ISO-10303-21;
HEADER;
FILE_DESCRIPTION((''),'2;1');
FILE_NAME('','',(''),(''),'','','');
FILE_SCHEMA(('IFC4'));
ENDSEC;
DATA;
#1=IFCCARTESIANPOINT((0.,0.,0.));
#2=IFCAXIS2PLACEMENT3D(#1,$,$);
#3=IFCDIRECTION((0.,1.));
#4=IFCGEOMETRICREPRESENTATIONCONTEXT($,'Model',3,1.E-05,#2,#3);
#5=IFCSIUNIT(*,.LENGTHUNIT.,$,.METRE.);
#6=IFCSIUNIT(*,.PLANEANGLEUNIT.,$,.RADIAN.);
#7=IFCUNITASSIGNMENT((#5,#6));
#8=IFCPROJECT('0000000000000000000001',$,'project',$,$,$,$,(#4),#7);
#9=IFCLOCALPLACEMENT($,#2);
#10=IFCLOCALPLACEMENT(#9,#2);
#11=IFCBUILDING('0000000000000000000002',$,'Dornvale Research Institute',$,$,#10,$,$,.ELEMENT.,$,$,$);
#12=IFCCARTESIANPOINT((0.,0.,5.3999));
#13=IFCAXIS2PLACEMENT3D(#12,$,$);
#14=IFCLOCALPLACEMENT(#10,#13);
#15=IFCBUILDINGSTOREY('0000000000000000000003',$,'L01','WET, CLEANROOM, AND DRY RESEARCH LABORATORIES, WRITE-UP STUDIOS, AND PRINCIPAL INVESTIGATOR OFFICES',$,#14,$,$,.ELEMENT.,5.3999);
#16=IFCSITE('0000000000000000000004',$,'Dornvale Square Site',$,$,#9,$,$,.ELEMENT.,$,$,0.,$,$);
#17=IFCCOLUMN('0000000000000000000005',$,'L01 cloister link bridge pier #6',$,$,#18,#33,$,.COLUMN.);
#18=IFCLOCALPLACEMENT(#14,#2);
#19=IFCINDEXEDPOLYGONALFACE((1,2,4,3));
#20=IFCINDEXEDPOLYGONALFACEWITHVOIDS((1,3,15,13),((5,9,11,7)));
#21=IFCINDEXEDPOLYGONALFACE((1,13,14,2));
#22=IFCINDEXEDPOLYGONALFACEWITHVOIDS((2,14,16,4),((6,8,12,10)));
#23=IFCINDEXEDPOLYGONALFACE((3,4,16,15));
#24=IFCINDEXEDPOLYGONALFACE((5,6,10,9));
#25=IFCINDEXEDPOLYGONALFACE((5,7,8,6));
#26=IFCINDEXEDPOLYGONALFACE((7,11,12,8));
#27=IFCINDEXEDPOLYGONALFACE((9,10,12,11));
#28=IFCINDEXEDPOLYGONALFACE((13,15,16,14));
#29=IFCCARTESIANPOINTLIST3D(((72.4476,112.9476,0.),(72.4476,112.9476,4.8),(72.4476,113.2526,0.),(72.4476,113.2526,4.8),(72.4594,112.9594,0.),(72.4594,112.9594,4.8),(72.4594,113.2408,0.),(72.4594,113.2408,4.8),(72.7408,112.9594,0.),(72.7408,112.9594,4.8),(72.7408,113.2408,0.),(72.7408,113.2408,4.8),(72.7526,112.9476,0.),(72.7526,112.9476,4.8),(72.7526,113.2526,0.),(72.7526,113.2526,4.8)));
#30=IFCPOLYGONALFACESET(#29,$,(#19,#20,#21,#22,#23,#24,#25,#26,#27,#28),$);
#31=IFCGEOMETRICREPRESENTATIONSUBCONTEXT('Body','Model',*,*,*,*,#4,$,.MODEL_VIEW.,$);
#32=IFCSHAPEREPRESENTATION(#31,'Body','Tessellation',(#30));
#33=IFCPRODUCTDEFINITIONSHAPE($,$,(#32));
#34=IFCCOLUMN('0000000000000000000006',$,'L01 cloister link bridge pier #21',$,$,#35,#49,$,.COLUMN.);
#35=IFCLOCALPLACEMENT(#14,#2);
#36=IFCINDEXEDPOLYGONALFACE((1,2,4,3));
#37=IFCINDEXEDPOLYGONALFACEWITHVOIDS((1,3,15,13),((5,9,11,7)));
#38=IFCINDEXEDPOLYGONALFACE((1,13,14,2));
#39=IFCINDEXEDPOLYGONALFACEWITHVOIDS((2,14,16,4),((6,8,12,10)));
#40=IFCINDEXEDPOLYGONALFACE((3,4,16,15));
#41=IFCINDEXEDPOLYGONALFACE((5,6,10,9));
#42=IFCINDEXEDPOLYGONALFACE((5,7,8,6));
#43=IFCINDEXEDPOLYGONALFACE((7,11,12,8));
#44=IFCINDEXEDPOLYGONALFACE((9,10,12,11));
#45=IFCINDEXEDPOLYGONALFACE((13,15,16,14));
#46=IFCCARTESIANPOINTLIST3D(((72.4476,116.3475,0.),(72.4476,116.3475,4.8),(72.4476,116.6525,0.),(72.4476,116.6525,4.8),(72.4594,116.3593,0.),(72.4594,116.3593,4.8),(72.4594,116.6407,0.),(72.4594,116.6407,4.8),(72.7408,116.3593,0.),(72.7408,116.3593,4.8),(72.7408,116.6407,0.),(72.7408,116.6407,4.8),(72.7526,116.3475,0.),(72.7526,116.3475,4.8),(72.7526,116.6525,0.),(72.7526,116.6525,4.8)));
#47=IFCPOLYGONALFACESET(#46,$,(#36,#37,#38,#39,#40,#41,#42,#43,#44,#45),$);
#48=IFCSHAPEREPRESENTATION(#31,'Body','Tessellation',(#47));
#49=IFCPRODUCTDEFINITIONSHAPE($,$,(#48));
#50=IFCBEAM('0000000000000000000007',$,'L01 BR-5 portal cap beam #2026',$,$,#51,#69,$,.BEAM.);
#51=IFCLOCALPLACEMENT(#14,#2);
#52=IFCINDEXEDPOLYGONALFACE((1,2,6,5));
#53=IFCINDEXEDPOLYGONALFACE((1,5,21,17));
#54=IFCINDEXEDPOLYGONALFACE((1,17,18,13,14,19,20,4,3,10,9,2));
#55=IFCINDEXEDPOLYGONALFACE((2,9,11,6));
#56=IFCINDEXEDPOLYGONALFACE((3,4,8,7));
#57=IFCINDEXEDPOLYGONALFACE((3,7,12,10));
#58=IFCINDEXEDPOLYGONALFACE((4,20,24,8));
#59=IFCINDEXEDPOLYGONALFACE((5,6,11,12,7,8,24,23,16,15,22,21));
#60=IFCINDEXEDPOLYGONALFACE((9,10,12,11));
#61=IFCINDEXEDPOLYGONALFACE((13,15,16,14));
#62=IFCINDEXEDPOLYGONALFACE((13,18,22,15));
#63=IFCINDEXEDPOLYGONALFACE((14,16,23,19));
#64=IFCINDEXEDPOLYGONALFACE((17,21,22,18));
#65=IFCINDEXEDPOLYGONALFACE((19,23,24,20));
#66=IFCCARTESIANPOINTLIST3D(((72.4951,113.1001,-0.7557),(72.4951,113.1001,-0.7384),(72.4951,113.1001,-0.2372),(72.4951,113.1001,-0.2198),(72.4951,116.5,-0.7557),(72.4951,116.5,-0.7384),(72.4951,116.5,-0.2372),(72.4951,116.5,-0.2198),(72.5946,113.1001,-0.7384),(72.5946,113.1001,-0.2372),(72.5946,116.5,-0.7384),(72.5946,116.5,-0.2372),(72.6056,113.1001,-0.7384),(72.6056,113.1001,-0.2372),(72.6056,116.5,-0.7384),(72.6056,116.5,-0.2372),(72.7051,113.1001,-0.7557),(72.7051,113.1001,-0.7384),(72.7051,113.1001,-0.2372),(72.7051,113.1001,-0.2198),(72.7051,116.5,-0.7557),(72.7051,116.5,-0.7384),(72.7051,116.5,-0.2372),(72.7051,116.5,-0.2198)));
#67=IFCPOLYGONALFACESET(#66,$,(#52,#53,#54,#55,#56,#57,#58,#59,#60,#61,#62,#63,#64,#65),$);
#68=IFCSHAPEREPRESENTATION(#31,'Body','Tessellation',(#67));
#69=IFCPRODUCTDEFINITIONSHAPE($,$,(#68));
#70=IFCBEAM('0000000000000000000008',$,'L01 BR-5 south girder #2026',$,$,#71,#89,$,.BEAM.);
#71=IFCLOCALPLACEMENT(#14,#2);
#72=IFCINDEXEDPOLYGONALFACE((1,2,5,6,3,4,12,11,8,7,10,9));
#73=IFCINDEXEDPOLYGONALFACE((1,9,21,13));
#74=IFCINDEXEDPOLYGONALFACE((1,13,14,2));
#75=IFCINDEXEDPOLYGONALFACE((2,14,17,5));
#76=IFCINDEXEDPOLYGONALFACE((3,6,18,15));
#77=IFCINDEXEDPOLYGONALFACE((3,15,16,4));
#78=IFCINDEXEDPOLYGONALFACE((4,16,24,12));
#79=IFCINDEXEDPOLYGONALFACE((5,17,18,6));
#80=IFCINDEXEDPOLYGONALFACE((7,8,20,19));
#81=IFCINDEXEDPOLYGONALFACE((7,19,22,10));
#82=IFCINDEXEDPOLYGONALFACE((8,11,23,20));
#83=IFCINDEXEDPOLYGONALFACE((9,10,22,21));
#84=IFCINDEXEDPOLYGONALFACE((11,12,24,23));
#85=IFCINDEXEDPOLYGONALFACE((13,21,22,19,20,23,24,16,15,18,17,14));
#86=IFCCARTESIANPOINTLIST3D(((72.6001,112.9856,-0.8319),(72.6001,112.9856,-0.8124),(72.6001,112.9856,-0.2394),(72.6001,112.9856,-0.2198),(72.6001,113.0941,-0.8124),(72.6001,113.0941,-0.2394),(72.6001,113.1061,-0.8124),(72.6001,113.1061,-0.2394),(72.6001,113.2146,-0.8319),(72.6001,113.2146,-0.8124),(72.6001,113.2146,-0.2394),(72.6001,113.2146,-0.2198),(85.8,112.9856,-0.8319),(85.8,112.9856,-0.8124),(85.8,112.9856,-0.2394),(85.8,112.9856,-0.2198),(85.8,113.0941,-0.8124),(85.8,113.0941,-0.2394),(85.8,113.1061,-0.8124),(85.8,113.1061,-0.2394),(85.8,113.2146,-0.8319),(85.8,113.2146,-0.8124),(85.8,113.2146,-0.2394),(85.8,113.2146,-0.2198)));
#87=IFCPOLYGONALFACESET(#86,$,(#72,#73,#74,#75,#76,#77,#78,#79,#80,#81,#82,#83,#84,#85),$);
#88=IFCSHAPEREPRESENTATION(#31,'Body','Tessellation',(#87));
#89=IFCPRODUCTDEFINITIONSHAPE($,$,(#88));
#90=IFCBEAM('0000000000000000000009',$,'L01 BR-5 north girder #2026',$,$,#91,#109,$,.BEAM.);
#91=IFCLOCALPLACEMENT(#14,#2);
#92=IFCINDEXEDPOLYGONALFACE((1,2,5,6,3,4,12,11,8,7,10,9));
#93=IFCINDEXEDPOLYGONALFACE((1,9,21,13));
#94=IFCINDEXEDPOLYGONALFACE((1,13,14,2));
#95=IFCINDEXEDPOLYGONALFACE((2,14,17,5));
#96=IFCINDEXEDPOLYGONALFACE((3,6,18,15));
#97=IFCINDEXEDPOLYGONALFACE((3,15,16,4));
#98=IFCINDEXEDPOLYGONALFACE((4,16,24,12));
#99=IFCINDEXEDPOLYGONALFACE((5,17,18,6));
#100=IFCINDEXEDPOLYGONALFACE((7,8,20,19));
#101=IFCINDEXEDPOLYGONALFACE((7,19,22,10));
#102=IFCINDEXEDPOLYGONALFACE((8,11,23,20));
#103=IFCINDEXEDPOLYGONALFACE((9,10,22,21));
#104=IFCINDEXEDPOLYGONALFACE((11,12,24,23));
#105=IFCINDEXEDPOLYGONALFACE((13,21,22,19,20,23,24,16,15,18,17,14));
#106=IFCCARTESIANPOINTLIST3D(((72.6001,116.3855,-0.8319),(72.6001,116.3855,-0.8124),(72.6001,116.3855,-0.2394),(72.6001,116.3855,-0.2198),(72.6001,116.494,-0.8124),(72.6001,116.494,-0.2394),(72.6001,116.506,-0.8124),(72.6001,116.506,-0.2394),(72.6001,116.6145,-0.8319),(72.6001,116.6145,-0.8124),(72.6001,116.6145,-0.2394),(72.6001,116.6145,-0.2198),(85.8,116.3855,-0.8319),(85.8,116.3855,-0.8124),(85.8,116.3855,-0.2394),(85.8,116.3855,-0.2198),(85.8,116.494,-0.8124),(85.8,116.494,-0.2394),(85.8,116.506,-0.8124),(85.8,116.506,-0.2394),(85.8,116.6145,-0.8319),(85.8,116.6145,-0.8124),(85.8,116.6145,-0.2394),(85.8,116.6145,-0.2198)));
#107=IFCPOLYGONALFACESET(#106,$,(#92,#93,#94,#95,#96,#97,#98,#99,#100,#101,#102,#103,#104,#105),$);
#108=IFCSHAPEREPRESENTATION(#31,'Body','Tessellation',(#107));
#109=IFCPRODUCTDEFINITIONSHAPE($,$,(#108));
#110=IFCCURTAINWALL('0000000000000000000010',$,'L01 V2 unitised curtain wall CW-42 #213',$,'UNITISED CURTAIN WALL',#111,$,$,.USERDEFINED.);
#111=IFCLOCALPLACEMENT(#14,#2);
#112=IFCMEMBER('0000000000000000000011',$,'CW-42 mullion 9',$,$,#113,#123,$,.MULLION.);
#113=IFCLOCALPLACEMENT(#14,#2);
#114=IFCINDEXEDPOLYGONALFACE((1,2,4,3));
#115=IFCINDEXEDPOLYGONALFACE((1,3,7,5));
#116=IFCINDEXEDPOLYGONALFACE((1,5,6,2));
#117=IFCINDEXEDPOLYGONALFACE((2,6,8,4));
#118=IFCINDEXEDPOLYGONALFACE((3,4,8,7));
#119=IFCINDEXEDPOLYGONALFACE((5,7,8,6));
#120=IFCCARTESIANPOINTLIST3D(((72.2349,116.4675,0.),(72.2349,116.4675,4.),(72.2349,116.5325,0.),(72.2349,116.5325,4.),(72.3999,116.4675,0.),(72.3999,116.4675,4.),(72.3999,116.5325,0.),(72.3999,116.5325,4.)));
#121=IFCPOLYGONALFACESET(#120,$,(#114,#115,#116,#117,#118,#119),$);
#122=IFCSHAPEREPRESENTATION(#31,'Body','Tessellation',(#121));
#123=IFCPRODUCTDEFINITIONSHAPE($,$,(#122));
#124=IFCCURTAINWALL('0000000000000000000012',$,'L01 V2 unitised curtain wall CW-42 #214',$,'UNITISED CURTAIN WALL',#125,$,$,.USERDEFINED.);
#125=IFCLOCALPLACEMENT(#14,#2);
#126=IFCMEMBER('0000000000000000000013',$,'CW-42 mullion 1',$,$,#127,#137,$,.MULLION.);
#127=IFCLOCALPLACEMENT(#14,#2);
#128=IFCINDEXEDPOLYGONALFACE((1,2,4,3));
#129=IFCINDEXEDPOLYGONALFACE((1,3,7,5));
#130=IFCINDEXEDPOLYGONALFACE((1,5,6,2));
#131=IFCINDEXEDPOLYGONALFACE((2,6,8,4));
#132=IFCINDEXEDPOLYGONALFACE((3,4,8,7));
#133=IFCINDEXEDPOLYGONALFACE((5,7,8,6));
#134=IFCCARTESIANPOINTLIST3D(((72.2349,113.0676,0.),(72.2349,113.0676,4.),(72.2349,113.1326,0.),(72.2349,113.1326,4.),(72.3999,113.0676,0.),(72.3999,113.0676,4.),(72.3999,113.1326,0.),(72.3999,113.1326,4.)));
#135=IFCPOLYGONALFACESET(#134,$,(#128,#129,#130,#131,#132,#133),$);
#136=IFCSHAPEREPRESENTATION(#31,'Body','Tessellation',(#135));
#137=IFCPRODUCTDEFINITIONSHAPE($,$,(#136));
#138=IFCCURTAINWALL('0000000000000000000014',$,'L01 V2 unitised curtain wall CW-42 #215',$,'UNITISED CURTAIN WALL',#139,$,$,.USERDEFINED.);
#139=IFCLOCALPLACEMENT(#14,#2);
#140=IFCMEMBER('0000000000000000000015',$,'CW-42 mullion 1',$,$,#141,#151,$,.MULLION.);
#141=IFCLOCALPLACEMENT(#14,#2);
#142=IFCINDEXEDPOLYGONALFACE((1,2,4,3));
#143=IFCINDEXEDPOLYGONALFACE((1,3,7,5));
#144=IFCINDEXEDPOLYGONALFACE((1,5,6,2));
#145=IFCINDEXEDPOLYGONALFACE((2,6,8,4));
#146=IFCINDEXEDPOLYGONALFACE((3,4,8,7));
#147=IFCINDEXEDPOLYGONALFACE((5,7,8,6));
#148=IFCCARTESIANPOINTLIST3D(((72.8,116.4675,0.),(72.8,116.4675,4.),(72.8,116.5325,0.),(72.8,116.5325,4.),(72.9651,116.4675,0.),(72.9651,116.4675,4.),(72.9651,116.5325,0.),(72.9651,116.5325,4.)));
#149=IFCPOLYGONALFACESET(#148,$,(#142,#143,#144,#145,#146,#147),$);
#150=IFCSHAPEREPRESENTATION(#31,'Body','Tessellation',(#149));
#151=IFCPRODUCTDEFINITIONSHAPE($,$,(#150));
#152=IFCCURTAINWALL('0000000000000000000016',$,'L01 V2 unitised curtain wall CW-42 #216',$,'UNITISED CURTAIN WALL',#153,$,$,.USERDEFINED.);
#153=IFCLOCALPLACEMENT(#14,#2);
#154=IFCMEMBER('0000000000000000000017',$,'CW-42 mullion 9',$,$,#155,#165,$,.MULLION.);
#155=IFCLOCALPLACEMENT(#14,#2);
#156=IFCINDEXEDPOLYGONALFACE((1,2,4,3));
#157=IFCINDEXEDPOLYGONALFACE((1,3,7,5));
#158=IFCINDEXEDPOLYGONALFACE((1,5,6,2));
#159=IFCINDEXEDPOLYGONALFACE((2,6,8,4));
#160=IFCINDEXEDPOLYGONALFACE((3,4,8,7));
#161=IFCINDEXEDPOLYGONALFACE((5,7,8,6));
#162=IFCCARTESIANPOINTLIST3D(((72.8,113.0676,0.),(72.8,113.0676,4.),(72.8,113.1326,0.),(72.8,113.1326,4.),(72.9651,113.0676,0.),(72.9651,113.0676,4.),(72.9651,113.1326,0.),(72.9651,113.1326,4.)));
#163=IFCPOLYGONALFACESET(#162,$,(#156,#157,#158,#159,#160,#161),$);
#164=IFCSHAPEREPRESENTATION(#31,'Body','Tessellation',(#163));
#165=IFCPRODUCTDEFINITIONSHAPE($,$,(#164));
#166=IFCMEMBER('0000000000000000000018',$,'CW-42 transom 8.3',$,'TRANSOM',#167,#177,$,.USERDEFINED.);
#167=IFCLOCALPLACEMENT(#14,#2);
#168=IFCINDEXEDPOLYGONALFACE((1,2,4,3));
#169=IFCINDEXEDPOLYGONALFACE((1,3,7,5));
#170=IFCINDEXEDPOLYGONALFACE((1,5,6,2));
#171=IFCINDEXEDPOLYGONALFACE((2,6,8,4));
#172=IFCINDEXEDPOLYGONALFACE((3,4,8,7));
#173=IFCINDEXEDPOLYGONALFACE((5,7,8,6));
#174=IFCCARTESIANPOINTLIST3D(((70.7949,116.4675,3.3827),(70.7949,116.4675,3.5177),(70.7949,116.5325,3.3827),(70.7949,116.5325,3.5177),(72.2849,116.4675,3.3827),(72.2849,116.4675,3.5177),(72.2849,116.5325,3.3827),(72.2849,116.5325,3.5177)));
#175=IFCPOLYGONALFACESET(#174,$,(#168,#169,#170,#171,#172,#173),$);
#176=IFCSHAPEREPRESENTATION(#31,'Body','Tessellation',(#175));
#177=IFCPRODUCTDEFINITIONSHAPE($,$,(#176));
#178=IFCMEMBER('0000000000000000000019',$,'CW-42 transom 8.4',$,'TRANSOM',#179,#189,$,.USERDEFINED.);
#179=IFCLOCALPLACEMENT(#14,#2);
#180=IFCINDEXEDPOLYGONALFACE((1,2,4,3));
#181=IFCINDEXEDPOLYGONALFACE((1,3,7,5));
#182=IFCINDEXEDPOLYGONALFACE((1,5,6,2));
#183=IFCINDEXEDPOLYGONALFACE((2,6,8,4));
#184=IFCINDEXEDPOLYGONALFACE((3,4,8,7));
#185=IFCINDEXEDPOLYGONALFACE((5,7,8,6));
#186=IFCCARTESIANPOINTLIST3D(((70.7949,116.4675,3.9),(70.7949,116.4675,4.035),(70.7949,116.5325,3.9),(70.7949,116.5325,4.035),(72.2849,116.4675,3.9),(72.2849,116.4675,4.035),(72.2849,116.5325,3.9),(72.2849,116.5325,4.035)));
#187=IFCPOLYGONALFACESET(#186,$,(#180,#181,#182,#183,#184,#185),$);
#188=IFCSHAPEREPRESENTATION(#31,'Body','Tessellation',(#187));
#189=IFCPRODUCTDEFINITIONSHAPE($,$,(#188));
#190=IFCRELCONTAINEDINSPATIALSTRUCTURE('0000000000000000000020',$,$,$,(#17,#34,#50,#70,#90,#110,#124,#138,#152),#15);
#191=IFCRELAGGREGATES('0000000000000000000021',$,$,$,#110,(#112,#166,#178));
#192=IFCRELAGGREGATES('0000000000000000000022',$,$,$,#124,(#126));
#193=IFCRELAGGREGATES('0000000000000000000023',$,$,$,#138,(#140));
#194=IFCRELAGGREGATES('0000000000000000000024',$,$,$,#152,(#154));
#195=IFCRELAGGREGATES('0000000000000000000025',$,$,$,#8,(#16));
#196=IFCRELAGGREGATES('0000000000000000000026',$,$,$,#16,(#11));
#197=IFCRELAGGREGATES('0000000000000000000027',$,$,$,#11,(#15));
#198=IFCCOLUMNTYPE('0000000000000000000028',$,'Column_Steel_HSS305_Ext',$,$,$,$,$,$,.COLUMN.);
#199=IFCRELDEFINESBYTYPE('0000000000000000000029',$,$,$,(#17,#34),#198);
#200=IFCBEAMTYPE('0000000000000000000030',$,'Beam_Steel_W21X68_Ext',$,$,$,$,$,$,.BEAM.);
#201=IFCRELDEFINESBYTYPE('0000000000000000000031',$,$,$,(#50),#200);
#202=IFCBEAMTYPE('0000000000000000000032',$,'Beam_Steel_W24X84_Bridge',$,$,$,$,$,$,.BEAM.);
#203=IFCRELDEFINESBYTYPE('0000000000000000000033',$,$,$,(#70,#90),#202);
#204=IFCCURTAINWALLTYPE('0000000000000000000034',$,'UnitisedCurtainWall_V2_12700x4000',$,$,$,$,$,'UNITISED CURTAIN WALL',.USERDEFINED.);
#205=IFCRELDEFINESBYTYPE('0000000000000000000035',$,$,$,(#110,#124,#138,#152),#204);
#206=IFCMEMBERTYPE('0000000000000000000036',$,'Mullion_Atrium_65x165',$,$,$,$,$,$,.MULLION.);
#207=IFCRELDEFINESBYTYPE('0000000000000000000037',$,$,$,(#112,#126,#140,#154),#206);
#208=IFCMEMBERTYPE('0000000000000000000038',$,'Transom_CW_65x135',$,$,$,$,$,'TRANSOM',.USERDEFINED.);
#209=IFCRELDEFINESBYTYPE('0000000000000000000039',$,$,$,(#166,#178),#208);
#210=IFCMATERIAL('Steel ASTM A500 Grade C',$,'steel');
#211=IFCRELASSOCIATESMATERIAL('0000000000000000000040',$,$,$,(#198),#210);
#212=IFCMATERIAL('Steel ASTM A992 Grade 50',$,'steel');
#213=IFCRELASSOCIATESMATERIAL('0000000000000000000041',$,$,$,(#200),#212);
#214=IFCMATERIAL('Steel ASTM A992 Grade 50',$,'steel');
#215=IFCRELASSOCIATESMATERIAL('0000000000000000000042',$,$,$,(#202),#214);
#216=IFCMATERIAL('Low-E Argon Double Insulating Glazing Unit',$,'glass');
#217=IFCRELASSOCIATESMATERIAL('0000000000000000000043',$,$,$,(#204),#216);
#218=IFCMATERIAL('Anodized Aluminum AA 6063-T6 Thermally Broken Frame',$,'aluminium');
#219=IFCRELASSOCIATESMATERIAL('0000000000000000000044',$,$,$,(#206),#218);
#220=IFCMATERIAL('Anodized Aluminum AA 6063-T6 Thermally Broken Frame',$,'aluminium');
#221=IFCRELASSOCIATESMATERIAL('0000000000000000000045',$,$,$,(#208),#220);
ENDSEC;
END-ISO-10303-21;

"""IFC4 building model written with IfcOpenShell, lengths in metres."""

from ifc_helpers import new_model, si_unit, direction, frame, origin, origin_2d, place, context, subcontext, project, spatial, rectangle, hollow_rectangle, i_section, extrude, material, material_profile, profile_set, type_object, element, aggregate, save


model = new_model("IFC4")

# Units and contexts
model_context = context("Model", 3, precision=1e-05, world=origin(), true_north=direction((0.0, 1.0)))
body_context = subcontext(model_context, "Body", "Model", "MODEL_VIEW")
ifc_project = project(units=[si_unit("LENGTHUNIT", "METRE"), si_unit("PLANEANGLEUNIT", "RADIAN")], contexts=[model_context])

# Site, building, storey
site_placement = place(None, origin())
site = spatial("IfcSite", under=ifc_project, at=site_placement, Name="Dornvale Square Site", CompositionType="ELEMENT", RefElevation=0.0)
building_placement = place(site_placement, origin())
building = spatial("IfcBuilding", under=site, at=building_placement, Name="Dornvale Research Institute", CompositionType="ELEMENT")
storey_placement = place(building_placement, frame((0.0, 0.0, 5.3999)))
storey = spatial("IfcBuildingStorey", under=building, at=storey_placement, Name="L01", Description="WET, CLEANROOM, AND DRY RESEARCH LABORATORIES, WRITE-UP STUDIOS, AND PRINCIPAL INVESTIGATOR OFFICES", CompositionType="ELEMENT", Elevation=5.3999)

# Columns
ifc_material_1 = material(Name="Steel ASTM A500 Grade C", Category="steel")
ifc_material_profile_1 = material_profile(ifc_material_1, hollow_rectangle(XDim=0.3049, YDim=0.3049, WallThickness=0.0117, at=origin_2d()), Name="HSS305X305X12.7")
ifc_profile_set_1 = profile_set([ifc_material_profile_1], Name="Steel ASTM A500 Grade C")
column_type = type_object("IfcColumnType", Name="Column_Steel_HSS305_Ext", PredefinedType="COLUMN", material=ifc_profile_set_1)
for number, where, z_axis, x_axis, name in (
    (1, (72.6001, 113.1001, 0.0), (0.0, 0.0, 1.0), (1.0, 0.0, 0.0), "L01 cloister link bridge pier #6"),
    (2, (72.6001, 116.5, 0.0), (0.0, 0.0, 1.0), (1.0, 0.0, 0.0), "L01 cloister link bridge pier #21"),
):
    element("IfcColumn", number, at=place(storey_placement, frame(where, z_axis=z_axis, x_axis=x_axis)), inside=storey, type_object=column_type, Name=name, PredefinedType="COLUMN", context=body_context, shape_type="SweptSolid", body=[
        extrude(hollow_rectangle(XDim=0.3049, YDim=0.3049, WallThickness=0.0117, at=origin_2d()), origin(), (0.0, 0.0, 1.0), 4.8),
    ])

# Beams
ifc_material_2 = material(Name="Steel ASTM A992 Grade 50", Category="steel")
ifc_material_profile_2 = material_profile(ifc_material_2, i_section(OverallWidth=0.21, OverallDepth=0.5359, WebThickness=0.011, FlangeThickness=0.0173, at=origin_2d()), Name="W21X68")
ifc_profile_set_2 = profile_set([ifc_material_profile_2], Name="Steel ASTM A992 Grade 50")
beam_type_1 = type_object("IfcBeamType", Name="Beam_Steel_W21X68_Ext", PredefinedType="BEAM", material=ifc_profile_set_2)
beam_placement = place(storey_placement, frame((72.6001, 113.1001, -0.4878), z_axis=(0.0, 1.0, 0.0), x_axis=(-1.0, 0.0, 0.0)))
element("IfcBeam", 3, at=beam_placement, inside=storey, type_object=beam_type_1, Name="L01 BR-5 portal cap beam #2026", PredefinedType="BEAM", context=body_context, shape_type="SweptSolid", body=[
    extrude(i_section(OverallWidth=0.21, OverallDepth=0.5359, WebThickness=0.011, FlangeThickness=0.0173, at=origin_2d()), origin(), (0.0, 0.0, 1.0), 3.3999),
])
ifc_material_3 = material(Name="Steel ASTM A992 Grade 50", Category="steel")
ifc_material_profile_3 = material_profile(ifc_material_3, i_section(OverallWidth=0.229, OverallDepth=0.6121, WebThickness=0.012, FlangeThickness=0.0195, at=origin_2d()), Name="W24X84")
ifc_profile_set_3 = profile_set([ifc_material_profile_3], Name="Steel ASTM A992 Grade 50")
beam_type_2 = type_object("IfcBeamType", Name="Beam_Steel_W24X84_Bridge", PredefinedType="BEAM", material=ifc_profile_set_3)
for number, where, z_axis, x_axis, name in (
    (4, (72.6001, 113.1001, -0.5259), (1.0, 0.0, 0.0), (0.0, 1.0, 0.0), "L01 BR-5 south girder #2026"),
    (5, (72.6001, 116.5, -0.5259), (1.0, 0.0, 0.0), (0.0, 1.0, 0.0), "L01 BR-5 north girder #2026"),
):
    element("IfcBeam", number, at=place(storey_placement, frame(where, z_axis=z_axis, x_axis=x_axis)), inside=storey, type_object=beam_type_2, Name=name, PredefinedType="BEAM", context=body_context, shape_type="SweptSolid", body=[
        extrude(i_section(OverallWidth=0.229, OverallDepth=0.6121, WebThickness=0.012, FlangeThickness=0.0195, at=origin_2d()), origin(), (0.0, 0.0, 1.0), 13.2),
    ])

# Curtain walls, members
ifc_material_4 = material(Name="Low-E Argon Double Insulating Glazing Unit", Category="glass")
curtain_wall_type = type_object("IfcCurtainWallType", Name="UnitisedCurtainWall_V2_12700x4000", ElementType="UNITISED CURTAIN WALL", PredefinedType="USERDEFINED", material=ifc_material_4)
curtain_wall_1_placement = place(storey_placement, origin())
curtain_wall_1 = element("IfcCurtainWall", 6, at=curtain_wall_1_placement, inside=storey, type_object=curtain_wall_type, Name="L01 V2 unitised curtain wall CW-42 #213", ObjectType="UNITISED CURTAIN WALL", PredefinedType="USERDEFINED")
ifc_material_5 = material(Name="Anodized Aluminum AA 6063-T6 Thermally Broken Frame", Category="aluminium")
ifc_material_profile_4 = material_profile(ifc_material_5, rectangle(XDim=0.0649, YDim=0.165, at=origin_2d()), Name="ALU MULLION 65x165")
ifc_profile_set_4 = profile_set([ifc_material_profile_4], Name="Anodized Aluminum AA 6063-T6 Thermally Broken Frame")
member_type_1 = type_object("IfcMemberType", Name="Mullion_Atrium_65x165", PredefinedType="MULLION", material=ifc_profile_set_4)
member_1_placement = place(storey_placement, frame((72.3174, 116.5, 0.0), z_axis=(0.0, 0.0, 1.0), x_axis=(0.0, 1.0, 0.0)))
member_1 = element("IfcMember", 7, at=member_1_placement, type_object=member_type_1, Name="CW-42 mullion 9", PredefinedType="MULLION", context=body_context, shape_type="SweptSolid", body=[
    extrude(rectangle(XDim=0.0649, YDim=0.165, at=origin_2d()), origin(), (0.0, 0.0, 1.0), 4.0),
])
curtain_wall_2_placement = place(storey_placement, origin())
curtain_wall_2 = element("IfcCurtainWall", 8, at=curtain_wall_2_placement, inside=storey, type_object=curtain_wall_type, Name="L01 V2 unitised curtain wall CW-42 #214", ObjectType="UNITISED CURTAIN WALL", PredefinedType="USERDEFINED")
member_2_placement = place(storey_placement, frame((72.3174, 113.1001, 0.0), z_axis=(0.0, 0.0, 1.0), x_axis=(0.0, -1.0, 0.0)))
member_2 = element("IfcMember", 9, at=member_2_placement, type_object=member_type_1, Name="CW-42 mullion 1", PredefinedType="MULLION", context=body_context, shape_type="SweptSolid", body=[
    extrude(rectangle(XDim=0.0649, YDim=0.165, at=origin_2d()), origin(), (0.0, 0.0, 1.0), 4.0),
])
curtain_wall_3_placement = place(storey_placement, origin())
curtain_wall_3 = element("IfcCurtainWall", 10, at=curtain_wall_3_placement, inside=storey, type_object=curtain_wall_type, Name="L01 V2 unitised curtain wall CW-42 #215", ObjectType="UNITISED CURTAIN WALL", PredefinedType="USERDEFINED")
member_3_placement = place(storey_placement, frame((72.8826, 116.5, 0.0), z_axis=(0.0, 0.0, 1.0), x_axis=(0.0, 1.0, 0.0)))
member_3 = element("IfcMember", 11, at=member_3_placement, type_object=member_type_1, Name="CW-42 mullion 1", PredefinedType="MULLION", context=body_context, shape_type="SweptSolid", body=[
    extrude(rectangle(XDim=0.0649, YDim=0.165, at=origin_2d()), origin(), (0.0, 0.0, 1.0), 4.0),
])
curtain_wall_4_placement = place(storey_placement, origin())
curtain_wall_4 = element("IfcCurtainWall", 12, at=curtain_wall_4_placement, inside=storey, type_object=curtain_wall_type, Name="L01 V2 unitised curtain wall CW-42 #216", ObjectType="UNITISED CURTAIN WALL", PredefinedType="USERDEFINED")
member_4_placement = place(storey_placement, frame((72.8826, 113.1001, 0.0), z_axis=(0.0, 0.0, 1.0), x_axis=(0.0, -1.0, 0.0)))
member_4 = element("IfcMember", 13, at=member_4_placement, type_object=member_type_1, Name="CW-42 mullion 9", PredefinedType="MULLION", context=body_context, shape_type="SweptSolid", body=[
    extrude(rectangle(XDim=0.0649, YDim=0.165, at=origin_2d()), origin(), (0.0, 0.0, 1.0), 4.0),
])

# Members
ifc_material_6 = material(Name="Anodized Aluminum AA 6063-T6 Thermally Broken Frame", Category="aluminium")
ifc_material_profile_5 = material_profile(ifc_material_6, rectangle(XDim=0.0649, YDim=0.135, at=origin_2d()), Name="ALU TRANSOM 65x135")
ifc_profile_set_5 = profile_set([ifc_material_profile_5], Name="Anodized Aluminum AA 6063-T6 Thermally Broken Frame")
member_type_2 = type_object("IfcMemberType", Name="Transom_CW_65x135", ElementType="TRANSOM", PredefinedType="USERDEFINED", material=ifc_profile_set_5)
member_5_placement = place(storey_placement, frame((70.7949, 116.5, 3.4502), z_axis=(1.0, 0.0, 0.0), x_axis=(0.0, 1.0, 0.0)))
member_5 = element("IfcMember", 14, at=member_5_placement, type_object=member_type_2, Name="CW-42 transom 8.3", ObjectType="TRANSOM", PredefinedType="USERDEFINED", context=body_context, shape_type="SweptSolid", body=[
    extrude(rectangle(XDim=0.0649, YDim=0.135, at=origin_2d()), origin(), (0.0, 0.0, 1.0), 1.49),
])
member_6_placement = place(storey_placement, frame((70.7949, 116.5, 3.9675), z_axis=(1.0, 0.0, 0.0), x_axis=(0.0, 1.0, 0.0)))
member_6 = element("IfcMember", 15, at=member_6_placement, type_object=member_type_2, Name="CW-42 transom 8.4", ObjectType="TRANSOM", PredefinedType="USERDEFINED", context=body_context, shape_type="SweptSolid", body=[
    extrude(rectangle(XDim=0.0649, YDim=0.135, at=origin_2d()), origin(), (0.0, 0.0, 1.0), 1.49),
])

aggregate(curtain_wall_1, [member_1, member_5, member_6])
aggregate(curtain_wall_2, [member_2])
aggregate(curtain_wall_3, [member_3])
aggregate(curtain_wall_4, [member_4])

save(model, "model.ifc")
